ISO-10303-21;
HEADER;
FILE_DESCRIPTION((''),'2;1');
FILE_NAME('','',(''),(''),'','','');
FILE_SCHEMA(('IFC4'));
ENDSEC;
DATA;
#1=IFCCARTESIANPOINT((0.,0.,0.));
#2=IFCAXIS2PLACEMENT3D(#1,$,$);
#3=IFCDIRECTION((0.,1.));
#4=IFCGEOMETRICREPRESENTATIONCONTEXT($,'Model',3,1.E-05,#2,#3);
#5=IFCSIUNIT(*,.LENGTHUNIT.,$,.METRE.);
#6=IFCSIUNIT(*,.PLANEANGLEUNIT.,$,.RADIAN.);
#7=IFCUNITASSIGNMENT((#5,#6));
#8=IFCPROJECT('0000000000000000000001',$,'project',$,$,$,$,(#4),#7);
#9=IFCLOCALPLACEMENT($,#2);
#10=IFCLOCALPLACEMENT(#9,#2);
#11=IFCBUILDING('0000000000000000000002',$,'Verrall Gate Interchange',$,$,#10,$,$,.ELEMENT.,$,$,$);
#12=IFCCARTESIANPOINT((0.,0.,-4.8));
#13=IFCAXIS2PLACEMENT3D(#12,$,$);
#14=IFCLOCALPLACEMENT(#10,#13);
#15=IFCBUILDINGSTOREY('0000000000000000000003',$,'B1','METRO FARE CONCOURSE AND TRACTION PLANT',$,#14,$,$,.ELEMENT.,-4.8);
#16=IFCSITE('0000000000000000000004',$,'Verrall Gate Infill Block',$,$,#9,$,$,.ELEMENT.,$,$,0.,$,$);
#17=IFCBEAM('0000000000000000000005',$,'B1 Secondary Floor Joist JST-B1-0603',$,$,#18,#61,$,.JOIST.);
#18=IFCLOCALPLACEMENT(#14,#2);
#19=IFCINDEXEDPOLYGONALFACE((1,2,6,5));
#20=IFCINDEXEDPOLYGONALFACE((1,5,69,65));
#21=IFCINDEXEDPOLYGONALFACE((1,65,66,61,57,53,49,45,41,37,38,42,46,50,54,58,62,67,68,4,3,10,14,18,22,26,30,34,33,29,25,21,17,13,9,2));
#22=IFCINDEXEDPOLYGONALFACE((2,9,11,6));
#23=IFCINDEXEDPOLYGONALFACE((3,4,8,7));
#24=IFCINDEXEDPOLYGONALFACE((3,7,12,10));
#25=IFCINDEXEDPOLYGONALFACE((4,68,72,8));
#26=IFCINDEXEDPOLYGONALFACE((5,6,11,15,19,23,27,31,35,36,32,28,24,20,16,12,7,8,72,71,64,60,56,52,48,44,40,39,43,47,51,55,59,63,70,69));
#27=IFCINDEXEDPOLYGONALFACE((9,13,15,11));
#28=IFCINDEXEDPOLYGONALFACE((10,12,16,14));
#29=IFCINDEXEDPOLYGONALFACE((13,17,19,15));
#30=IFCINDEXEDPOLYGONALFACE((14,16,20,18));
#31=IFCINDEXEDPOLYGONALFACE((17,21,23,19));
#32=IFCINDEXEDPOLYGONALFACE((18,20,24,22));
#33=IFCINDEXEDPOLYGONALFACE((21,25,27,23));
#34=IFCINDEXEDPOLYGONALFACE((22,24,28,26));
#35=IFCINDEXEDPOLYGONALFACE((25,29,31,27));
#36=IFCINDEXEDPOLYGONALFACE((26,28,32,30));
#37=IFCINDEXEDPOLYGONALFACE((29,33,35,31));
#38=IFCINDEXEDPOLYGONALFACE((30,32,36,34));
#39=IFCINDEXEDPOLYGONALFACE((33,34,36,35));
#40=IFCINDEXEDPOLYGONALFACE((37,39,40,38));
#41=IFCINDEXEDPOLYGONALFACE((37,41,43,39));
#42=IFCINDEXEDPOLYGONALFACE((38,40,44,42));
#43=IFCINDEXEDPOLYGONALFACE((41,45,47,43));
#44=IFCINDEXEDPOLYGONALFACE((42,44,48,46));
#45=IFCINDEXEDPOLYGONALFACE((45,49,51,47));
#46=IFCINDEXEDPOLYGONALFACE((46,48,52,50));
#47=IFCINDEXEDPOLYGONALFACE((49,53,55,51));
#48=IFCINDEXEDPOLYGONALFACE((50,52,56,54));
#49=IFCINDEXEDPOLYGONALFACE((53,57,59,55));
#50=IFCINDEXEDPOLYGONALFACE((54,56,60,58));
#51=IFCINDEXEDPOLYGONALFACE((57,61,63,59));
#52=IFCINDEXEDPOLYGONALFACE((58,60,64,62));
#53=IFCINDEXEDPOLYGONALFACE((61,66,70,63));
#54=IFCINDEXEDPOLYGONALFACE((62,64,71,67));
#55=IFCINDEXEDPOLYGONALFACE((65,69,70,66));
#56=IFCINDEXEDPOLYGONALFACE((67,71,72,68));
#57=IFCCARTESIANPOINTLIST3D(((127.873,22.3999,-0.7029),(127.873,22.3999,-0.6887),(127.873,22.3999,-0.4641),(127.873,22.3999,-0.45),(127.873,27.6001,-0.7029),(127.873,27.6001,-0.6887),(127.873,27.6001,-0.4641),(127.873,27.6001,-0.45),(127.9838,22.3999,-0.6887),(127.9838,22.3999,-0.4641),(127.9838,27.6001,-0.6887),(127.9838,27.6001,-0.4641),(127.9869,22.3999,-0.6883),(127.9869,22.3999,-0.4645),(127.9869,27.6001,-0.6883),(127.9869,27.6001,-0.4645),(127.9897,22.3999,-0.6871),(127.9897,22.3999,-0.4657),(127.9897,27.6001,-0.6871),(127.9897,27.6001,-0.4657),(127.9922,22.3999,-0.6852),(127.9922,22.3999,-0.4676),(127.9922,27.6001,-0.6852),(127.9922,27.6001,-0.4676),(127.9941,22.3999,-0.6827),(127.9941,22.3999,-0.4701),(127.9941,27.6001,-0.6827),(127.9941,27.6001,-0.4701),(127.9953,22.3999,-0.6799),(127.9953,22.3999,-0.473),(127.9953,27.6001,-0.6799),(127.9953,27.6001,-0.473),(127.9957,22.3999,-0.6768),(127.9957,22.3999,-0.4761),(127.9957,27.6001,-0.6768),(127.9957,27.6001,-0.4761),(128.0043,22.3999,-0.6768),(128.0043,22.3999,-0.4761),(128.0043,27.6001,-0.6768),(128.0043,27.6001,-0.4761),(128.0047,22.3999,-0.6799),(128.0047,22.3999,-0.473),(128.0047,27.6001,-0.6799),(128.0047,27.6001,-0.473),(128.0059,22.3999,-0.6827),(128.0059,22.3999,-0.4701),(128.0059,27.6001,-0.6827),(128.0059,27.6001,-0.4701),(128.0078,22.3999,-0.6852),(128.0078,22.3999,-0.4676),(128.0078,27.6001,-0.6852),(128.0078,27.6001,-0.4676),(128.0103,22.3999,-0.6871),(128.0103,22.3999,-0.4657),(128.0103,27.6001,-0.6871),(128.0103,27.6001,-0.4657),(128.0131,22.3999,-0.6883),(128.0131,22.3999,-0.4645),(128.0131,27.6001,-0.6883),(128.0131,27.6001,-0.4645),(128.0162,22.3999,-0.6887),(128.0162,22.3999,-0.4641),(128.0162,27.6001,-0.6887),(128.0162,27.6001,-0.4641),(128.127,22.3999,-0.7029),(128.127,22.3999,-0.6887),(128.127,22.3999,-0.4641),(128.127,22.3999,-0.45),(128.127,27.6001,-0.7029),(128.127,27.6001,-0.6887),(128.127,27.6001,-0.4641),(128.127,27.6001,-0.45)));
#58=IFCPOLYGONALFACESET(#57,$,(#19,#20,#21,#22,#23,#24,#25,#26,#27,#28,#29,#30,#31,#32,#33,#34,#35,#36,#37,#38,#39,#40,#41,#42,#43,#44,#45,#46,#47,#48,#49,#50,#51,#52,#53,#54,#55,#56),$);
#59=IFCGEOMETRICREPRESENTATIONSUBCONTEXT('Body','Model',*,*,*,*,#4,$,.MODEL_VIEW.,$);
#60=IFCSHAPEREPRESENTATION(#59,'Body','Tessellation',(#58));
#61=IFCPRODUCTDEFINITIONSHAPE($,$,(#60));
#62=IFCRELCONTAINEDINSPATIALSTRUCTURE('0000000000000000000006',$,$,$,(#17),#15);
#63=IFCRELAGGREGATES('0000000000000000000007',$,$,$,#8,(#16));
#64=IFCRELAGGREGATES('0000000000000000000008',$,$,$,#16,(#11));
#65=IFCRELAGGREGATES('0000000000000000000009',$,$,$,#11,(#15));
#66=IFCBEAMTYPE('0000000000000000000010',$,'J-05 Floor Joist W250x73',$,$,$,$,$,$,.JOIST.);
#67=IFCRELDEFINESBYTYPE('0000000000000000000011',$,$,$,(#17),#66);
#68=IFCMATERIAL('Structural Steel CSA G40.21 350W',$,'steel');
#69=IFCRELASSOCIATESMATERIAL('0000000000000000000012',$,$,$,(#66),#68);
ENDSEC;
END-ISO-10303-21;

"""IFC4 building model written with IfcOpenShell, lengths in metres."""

from ifc_helpers import new_model, si_unit, direction, frame, origin, origin_2d, place, context, subcontext, project, spatial, i_section, extrude, material, material_profile, profile_set, type_object, element, save


model = new_model("IFC4")

# Units and contexts
model_context = context("Model", 3, precision=1e-05, world=origin(), true_north=direction((0.0, 1.0)))
body_context = subcontext(model_context, "Body", "Model", "MODEL_VIEW")
ifc_project = project(units=[si_unit("LENGTHUNIT", "METRE"), si_unit("PLANEANGLEUNIT", "RADIAN")], contexts=[model_context])

# Site, building, storey
site_placement = place(None, origin())
site = spatial("IfcSite", under=ifc_project, at=site_placement, Name="Verrall Gate Infill Block", CompositionType="ELEMENT", RefElevation=0.0)
building_placement = place(site_placement, origin())
building = spatial("IfcBuilding", under=site, at=building_placement, Name="Verrall Gate Interchange", CompositionType="ELEMENT")
storey_placement = place(building_placement, frame((0.0, 0.0, -4.8)))
storey = spatial("IfcBuildingStorey", under=building, at=storey_placement, Name="B1", Description="METRO FARE CONCOURSE AND TRACTION PLANT", CompositionType="ELEMENT", Elevation=-4.8)

# Beam
ifc_material_1 = material(Name="Structural Steel CSA G40.21 350W", Category="steel")
ifc_material_profile_1 = material_profile(ifc_material_1, i_section(OverallWidth=0.2539, OverallDepth=0.2529, WebThickness=0.0085, FlangeThickness=0.0142, FilletRadius=0.012, at=origin_2d()), Name="W250x73")
ifc_profile_set_1 = profile_set([ifc_material_profile_1], Name="Structural Steel CSA G40.21 350W")
beam_type_1 = type_object("IfcBeamType", Name="J-05 Floor Joist W250x73", PredefinedType="JOIST", material=ifc_profile_set_1)
beam_1_placement = place(storey_placement, frame((128.0, 22.3999, -0.5764), z_axis=(0.0, 1.0, 0.0), x_axis=(-1.0, 0.0, 0.0)))
element("IfcBeam", 1, at=beam_1_placement, inside=storey, type_object=beam_type_1, Name="B1 Secondary Floor Joist JST-B1-0603", PredefinedType="JOIST", context=body_context, shape_type="SweptSolid", body=[
    extrude(i_section(OverallWidth=0.2539, OverallDepth=0.2529, WebThickness=0.0085, FlangeThickness=0.0142, FilletRadius=0.012, at=origin_2d()), origin(), (0.0, 0.0, 1.0), 5.2002),
])

save(model, "model.ifc")
